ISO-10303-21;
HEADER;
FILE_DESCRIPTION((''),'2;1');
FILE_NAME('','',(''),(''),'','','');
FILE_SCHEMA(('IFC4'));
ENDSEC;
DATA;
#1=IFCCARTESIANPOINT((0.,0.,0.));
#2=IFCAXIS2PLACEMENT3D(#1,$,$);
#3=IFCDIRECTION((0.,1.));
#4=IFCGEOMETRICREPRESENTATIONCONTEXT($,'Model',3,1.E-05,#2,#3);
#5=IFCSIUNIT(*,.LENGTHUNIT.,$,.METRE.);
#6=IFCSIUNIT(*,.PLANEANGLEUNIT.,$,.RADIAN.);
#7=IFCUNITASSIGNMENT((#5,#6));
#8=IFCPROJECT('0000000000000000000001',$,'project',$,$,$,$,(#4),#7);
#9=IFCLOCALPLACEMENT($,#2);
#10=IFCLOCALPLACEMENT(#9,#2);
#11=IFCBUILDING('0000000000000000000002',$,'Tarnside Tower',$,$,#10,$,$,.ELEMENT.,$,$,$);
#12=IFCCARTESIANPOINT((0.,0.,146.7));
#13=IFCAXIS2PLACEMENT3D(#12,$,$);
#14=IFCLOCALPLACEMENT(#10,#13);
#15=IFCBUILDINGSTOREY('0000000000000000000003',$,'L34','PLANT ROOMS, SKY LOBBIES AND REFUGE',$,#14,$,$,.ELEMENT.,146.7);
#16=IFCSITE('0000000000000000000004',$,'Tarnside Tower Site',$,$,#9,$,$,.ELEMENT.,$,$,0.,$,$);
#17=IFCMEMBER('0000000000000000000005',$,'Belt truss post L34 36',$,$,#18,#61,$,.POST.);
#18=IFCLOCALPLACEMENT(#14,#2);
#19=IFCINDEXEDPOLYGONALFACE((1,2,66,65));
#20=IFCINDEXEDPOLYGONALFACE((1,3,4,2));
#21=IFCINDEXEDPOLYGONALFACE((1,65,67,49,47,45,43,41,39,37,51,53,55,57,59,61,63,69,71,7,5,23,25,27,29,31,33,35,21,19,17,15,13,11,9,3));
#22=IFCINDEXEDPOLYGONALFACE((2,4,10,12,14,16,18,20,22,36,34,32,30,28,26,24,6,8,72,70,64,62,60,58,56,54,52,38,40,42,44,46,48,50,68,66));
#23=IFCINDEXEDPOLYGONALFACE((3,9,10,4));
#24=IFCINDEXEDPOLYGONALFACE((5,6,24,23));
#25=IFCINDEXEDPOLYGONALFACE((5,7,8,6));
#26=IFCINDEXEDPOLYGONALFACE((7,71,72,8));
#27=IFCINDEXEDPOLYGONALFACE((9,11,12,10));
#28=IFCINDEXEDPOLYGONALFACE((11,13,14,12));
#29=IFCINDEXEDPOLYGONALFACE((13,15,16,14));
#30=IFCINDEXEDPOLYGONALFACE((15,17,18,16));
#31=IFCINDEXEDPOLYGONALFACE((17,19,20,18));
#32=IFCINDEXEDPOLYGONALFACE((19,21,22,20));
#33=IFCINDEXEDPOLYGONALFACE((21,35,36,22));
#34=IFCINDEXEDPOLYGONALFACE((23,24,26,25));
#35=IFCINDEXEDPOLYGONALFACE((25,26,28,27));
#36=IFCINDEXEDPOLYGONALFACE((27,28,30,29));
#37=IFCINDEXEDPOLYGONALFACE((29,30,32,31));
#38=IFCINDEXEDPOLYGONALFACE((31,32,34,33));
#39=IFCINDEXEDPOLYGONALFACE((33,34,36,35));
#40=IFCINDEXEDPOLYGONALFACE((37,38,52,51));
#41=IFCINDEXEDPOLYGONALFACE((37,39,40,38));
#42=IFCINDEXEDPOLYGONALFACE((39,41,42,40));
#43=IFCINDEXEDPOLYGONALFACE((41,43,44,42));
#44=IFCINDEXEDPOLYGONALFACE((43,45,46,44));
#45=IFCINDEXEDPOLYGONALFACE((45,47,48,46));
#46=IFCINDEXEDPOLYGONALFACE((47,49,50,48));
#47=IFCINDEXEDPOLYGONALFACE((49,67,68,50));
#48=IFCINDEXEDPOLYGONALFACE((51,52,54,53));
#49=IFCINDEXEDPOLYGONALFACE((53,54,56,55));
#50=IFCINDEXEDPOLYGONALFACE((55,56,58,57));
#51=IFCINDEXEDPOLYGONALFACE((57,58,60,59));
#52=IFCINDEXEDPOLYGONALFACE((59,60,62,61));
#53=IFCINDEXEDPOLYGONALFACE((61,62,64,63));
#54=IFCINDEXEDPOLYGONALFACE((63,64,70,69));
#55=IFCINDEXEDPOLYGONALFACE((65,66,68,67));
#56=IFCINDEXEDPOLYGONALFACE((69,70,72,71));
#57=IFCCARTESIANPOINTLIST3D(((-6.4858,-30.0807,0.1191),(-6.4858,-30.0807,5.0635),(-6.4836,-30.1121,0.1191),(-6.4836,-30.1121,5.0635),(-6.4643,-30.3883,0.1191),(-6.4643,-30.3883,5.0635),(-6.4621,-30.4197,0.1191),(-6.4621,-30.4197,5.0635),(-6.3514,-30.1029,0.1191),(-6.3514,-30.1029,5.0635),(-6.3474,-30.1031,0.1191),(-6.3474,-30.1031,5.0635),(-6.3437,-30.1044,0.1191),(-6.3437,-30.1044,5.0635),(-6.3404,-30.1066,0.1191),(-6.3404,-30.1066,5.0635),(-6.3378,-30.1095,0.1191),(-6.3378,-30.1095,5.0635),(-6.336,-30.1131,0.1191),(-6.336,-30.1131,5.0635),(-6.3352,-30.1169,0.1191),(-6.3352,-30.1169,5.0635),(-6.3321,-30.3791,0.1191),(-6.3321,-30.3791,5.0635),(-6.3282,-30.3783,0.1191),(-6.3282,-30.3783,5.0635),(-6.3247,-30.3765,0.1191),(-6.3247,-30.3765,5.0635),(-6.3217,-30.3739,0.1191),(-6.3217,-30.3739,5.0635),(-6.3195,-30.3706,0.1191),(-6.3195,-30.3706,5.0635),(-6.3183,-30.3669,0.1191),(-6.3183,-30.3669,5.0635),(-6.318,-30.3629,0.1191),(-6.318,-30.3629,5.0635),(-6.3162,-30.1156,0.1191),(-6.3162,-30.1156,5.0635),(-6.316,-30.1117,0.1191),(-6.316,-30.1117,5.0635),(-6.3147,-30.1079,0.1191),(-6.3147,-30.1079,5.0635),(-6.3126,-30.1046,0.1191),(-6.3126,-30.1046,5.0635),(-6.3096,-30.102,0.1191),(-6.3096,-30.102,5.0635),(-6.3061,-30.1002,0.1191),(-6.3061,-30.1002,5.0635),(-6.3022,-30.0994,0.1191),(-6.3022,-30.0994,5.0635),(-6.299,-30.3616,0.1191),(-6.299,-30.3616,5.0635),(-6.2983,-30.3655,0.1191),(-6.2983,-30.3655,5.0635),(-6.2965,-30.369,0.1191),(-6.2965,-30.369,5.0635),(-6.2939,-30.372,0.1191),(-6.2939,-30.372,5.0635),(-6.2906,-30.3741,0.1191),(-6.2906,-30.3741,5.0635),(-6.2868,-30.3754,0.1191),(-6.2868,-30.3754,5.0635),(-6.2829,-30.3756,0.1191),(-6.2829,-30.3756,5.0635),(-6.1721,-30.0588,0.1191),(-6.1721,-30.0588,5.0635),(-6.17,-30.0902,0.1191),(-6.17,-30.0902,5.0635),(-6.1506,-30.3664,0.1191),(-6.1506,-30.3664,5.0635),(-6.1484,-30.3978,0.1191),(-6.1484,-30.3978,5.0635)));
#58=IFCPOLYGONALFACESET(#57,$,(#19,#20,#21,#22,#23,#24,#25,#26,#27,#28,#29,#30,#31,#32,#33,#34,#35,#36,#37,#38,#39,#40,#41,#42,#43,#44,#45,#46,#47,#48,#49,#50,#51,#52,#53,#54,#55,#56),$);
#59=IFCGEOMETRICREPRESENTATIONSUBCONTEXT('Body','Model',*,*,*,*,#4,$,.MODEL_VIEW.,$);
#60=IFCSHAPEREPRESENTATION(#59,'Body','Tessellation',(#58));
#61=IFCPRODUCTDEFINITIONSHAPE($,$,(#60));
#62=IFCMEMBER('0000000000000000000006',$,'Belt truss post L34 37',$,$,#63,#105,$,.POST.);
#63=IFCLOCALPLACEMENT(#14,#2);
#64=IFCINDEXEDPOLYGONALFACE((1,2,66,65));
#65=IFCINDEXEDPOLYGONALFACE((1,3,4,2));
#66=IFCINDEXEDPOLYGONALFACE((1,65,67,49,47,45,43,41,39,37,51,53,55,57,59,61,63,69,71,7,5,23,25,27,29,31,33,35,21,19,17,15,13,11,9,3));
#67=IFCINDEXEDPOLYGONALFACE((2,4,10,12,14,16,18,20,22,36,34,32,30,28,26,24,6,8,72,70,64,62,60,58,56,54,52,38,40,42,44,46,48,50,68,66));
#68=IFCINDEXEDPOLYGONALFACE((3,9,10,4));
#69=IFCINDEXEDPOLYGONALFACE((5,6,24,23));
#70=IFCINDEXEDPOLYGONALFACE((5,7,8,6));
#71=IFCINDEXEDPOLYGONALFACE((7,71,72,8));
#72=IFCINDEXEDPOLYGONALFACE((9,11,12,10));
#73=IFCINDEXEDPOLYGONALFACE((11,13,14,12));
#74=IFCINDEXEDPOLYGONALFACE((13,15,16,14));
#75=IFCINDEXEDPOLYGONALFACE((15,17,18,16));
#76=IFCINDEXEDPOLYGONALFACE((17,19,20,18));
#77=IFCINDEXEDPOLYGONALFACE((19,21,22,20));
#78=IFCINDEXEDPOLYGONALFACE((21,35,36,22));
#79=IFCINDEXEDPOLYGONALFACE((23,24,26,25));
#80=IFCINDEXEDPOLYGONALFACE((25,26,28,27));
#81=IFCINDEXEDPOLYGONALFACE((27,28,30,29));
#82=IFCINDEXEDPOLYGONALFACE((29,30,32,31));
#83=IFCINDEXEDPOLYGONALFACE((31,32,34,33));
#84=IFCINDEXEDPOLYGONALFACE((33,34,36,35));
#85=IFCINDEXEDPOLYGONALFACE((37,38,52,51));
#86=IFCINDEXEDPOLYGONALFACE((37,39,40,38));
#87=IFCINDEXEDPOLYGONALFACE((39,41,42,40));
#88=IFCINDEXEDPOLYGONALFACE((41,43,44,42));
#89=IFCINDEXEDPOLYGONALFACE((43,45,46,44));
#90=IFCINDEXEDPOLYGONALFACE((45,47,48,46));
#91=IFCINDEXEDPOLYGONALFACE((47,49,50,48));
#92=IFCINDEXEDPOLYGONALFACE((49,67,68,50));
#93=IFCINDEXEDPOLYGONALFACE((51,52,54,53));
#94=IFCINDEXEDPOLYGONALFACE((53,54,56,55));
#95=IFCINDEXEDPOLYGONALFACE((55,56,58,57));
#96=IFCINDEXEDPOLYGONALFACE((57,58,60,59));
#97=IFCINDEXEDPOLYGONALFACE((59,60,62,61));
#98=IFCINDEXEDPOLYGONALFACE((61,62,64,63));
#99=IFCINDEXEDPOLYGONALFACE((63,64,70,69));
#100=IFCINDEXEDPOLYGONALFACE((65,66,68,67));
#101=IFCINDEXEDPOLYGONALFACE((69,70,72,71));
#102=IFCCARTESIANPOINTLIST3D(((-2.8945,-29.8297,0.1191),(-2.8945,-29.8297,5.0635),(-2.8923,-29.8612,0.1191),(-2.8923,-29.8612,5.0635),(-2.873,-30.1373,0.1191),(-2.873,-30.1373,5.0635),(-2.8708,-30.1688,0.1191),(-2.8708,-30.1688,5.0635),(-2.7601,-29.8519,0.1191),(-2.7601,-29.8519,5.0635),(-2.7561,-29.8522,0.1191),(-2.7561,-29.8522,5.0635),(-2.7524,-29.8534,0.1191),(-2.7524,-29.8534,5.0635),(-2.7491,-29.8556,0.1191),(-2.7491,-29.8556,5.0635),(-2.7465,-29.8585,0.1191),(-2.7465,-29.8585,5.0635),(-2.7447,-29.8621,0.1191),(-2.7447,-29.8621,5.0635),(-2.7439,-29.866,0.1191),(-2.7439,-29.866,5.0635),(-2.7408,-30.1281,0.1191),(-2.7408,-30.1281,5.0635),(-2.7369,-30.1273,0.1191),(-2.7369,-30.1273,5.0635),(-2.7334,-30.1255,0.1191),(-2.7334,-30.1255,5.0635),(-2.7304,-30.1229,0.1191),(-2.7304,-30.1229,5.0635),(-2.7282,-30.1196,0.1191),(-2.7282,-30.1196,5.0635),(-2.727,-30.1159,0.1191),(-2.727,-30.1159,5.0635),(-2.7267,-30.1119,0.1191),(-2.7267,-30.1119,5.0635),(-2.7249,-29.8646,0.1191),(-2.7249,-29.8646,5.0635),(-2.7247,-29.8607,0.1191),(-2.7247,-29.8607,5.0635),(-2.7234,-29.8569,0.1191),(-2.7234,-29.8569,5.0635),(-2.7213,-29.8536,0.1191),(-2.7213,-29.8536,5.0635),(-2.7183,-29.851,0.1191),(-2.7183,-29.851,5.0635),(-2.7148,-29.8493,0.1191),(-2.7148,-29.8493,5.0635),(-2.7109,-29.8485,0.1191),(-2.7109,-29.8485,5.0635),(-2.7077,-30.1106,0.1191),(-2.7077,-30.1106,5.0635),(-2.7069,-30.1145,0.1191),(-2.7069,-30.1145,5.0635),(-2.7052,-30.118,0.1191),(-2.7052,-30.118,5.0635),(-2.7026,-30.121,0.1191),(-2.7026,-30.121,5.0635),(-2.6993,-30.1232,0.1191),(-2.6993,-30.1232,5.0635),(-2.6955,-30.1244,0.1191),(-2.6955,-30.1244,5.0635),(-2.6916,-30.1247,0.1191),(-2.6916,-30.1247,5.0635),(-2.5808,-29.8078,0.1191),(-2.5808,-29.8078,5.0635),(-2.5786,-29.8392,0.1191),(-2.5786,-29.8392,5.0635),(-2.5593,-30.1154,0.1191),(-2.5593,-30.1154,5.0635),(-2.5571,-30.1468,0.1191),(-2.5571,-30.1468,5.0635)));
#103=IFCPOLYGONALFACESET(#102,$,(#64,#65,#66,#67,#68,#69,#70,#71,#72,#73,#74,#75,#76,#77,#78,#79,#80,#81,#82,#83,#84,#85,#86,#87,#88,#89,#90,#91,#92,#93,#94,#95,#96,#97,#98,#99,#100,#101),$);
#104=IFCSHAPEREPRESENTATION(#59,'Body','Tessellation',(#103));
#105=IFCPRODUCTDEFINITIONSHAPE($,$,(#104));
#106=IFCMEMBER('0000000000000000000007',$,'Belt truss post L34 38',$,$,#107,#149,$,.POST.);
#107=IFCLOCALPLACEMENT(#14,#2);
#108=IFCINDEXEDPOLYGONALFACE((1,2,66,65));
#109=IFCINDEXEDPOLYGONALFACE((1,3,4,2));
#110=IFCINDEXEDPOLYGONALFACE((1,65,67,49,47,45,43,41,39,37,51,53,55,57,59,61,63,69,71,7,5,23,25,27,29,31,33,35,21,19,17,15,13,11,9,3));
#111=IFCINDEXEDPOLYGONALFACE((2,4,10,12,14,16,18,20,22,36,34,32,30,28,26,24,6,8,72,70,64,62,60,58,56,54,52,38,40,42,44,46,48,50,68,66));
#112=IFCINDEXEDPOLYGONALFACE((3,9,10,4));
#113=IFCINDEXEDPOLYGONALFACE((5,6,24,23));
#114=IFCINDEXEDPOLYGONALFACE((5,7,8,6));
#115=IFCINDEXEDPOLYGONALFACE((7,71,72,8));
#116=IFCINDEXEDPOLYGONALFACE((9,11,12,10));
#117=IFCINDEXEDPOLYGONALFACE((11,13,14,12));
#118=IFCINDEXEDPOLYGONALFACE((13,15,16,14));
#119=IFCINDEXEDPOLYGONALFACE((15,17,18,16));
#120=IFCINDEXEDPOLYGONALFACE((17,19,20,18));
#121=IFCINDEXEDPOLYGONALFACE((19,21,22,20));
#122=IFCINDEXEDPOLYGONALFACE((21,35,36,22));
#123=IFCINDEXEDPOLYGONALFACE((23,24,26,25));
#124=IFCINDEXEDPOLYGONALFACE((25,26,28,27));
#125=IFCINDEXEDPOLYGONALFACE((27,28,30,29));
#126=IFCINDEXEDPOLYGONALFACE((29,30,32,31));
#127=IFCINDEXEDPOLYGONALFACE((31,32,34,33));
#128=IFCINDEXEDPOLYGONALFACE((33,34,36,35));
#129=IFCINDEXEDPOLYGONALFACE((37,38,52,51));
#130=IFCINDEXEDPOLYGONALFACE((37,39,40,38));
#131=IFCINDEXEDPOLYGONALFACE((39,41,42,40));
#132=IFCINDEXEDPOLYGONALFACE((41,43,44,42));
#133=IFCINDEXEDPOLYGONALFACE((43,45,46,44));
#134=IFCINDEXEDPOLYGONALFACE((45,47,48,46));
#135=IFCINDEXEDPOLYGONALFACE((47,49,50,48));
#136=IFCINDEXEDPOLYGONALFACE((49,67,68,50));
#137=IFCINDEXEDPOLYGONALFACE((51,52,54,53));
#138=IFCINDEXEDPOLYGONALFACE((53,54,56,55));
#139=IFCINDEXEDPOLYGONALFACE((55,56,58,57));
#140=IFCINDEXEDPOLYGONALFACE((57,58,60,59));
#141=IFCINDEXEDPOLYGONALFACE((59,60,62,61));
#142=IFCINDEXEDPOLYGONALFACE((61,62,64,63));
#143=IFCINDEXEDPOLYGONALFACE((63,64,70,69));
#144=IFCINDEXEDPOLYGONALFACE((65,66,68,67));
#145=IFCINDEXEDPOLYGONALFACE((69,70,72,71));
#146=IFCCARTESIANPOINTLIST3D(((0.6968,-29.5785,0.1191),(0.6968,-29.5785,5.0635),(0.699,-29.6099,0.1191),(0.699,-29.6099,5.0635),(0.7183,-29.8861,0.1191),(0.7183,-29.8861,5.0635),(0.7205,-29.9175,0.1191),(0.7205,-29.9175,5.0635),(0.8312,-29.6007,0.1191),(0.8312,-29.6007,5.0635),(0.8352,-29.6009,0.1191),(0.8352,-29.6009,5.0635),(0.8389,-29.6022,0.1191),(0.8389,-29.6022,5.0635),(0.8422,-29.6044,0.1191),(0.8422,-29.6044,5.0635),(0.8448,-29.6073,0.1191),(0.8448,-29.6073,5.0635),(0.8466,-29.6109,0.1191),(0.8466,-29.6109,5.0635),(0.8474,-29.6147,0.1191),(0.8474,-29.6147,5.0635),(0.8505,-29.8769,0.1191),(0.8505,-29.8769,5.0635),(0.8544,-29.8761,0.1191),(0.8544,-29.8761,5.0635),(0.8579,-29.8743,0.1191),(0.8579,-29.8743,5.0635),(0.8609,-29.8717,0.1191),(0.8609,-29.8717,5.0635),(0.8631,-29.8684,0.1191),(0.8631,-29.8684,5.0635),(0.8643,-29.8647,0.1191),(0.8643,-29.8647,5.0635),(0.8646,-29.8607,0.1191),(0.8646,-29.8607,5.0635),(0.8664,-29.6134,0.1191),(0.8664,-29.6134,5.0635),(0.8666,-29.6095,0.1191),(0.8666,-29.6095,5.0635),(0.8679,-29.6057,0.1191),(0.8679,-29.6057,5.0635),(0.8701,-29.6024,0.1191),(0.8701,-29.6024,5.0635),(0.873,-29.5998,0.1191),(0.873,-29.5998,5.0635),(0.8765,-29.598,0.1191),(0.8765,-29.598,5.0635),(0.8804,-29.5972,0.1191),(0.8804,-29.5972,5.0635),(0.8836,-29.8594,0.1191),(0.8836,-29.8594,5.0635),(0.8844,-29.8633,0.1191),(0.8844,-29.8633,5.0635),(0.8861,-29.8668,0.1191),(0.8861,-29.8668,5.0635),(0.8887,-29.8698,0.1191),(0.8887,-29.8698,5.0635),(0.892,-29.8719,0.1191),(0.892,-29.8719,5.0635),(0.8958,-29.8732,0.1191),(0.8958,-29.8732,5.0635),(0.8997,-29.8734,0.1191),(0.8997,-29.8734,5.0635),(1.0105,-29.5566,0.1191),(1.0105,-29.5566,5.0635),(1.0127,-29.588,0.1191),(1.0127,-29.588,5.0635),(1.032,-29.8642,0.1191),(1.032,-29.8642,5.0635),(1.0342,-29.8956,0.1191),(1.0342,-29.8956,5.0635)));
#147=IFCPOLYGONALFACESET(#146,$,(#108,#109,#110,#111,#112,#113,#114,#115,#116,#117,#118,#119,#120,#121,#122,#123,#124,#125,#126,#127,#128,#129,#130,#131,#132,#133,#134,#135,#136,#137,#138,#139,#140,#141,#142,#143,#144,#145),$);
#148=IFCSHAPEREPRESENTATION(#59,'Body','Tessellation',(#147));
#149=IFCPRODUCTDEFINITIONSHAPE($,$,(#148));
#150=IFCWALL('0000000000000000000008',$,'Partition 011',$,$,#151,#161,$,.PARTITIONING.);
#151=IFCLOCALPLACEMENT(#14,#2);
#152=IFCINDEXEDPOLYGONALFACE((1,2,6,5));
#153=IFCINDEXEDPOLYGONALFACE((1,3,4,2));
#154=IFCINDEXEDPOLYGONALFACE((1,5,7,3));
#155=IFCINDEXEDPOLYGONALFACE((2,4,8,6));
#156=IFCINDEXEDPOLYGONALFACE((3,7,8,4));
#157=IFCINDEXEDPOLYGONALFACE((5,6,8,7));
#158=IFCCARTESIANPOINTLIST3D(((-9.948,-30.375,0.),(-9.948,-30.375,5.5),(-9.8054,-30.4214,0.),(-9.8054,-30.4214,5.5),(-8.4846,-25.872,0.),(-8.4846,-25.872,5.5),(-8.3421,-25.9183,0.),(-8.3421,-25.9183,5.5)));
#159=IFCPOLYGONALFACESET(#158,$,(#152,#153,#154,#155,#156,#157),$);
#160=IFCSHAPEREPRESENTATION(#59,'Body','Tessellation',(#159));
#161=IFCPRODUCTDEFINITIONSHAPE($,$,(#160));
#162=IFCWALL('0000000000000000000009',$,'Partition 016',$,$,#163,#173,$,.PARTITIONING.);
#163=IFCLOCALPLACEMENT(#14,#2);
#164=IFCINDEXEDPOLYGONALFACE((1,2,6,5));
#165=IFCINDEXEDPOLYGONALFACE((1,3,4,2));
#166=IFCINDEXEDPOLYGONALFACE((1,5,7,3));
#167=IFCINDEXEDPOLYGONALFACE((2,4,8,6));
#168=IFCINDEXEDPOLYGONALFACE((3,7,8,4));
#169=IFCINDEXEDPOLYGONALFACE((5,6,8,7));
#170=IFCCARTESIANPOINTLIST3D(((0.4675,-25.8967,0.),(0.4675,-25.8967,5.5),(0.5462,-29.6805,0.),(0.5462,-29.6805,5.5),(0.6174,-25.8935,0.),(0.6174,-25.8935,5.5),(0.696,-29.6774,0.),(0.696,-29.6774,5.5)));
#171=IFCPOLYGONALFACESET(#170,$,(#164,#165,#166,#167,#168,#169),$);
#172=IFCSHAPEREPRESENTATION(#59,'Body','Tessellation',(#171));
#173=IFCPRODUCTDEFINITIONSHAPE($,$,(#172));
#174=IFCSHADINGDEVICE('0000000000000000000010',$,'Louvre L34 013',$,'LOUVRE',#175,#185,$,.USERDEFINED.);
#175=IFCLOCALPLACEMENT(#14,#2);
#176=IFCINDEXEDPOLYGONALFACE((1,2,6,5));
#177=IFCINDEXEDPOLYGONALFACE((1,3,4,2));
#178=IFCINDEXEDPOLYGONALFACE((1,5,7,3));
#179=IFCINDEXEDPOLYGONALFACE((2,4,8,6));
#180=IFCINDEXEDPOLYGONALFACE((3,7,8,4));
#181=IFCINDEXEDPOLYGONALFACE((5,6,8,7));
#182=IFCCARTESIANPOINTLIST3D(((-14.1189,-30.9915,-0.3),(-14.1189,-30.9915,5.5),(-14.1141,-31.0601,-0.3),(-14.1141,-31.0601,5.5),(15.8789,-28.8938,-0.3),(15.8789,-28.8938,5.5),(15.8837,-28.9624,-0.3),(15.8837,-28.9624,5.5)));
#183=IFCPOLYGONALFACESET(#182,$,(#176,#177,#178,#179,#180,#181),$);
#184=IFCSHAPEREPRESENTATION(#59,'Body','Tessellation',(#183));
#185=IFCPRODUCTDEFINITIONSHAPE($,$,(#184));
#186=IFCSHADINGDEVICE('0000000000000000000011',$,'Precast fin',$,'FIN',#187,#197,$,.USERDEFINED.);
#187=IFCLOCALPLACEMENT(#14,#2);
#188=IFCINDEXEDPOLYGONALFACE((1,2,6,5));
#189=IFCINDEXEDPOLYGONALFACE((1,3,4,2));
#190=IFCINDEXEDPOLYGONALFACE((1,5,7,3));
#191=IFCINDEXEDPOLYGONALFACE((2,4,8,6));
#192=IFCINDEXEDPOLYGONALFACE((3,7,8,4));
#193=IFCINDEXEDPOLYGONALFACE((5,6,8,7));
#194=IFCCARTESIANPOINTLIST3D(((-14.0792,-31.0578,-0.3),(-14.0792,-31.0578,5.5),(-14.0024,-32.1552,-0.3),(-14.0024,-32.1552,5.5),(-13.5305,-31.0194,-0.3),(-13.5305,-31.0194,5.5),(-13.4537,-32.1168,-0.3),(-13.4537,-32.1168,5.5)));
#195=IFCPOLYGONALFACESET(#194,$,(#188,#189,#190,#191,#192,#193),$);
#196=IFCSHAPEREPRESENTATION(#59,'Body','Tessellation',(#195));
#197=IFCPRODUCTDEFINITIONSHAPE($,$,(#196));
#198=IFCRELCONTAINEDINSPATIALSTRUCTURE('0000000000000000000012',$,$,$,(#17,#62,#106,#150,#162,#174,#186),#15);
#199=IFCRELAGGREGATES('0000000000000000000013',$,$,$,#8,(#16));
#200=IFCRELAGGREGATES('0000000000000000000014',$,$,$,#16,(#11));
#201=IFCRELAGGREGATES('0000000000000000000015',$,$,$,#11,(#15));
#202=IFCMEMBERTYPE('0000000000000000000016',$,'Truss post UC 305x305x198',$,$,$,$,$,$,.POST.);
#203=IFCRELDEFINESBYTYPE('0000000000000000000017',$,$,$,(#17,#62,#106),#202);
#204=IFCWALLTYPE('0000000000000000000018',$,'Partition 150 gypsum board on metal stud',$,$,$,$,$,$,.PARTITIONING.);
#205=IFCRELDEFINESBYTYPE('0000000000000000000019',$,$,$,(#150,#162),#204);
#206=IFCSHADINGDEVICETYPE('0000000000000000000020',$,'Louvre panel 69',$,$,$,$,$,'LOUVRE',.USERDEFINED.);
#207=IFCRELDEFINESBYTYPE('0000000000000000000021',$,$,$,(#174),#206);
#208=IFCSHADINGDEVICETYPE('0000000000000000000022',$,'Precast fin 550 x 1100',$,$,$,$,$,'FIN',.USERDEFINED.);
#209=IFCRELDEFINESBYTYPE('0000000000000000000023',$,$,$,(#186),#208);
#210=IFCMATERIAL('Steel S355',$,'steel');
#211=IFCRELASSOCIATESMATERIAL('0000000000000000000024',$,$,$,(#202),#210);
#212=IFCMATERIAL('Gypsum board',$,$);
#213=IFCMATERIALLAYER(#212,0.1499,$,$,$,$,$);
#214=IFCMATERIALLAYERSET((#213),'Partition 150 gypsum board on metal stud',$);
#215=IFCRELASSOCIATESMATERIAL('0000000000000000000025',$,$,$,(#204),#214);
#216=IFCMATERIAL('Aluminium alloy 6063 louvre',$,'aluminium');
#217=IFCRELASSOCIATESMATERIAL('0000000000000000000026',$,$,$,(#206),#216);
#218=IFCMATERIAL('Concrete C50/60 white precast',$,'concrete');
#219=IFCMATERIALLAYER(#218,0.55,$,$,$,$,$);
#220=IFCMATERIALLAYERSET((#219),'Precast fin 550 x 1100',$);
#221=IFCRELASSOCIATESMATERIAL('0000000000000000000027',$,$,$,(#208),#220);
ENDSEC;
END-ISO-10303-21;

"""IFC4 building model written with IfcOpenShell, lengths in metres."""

from ifc_helpers import new_model, si_unit, direction, frame, frame_2d, origin, origin_2d, place, context, subcontext, project, spatial, polyline, rectangle, i_section, outline, extrude, material, layer, layer_set, material_profile, profile_set, type_object, element, save


model = new_model("IFC4")

# Units and contexts
model_context = context("Model", 3, precision=1e-05, world=origin(), true_north=direction((0.0, 1.0)))
body_context = subcontext(model_context, "Body", "Model", "MODEL_VIEW")
ifc_project = project(units=[si_unit("LENGTHUNIT", "METRE"), si_unit("PLANEANGLEUNIT", "RADIAN")], contexts=[model_context])

# Site, building, storey
site_placement = place(None, origin())
site = spatial("IfcSite", under=ifc_project, at=site_placement, Name="Tarnside Tower Site", CompositionType="ELEMENT", RefElevation=0.0)
building_placement = place(site_placement, origin())
building = spatial("IfcBuilding", under=site, at=building_placement, Name="Tarnside Tower", CompositionType="ELEMENT")
storey_placement = place(building_placement, frame((0.0, 0.0, 146.7)))
storey = spatial("IfcBuildingStorey", under=building, at=storey_placement, Name="L34", Description="PLANT ROOMS, SKY LOBBIES AND REFUGE", CompositionType="ELEMENT", Elevation=146.7)

# Shared definitions
ifc_material_1 = material(Name="Steel S355", Category="steel")

# Members
ifc_material_profile_1 = material_profile(ifc_material_1, i_section(OverallWidth=0.3145, OverallDepth=0.3398, WebThickness=0.019, FlangeThickness=0.0315, FilletRadius=0.0151, at=origin_2d()), Name="UC 305x305x198")
ifc_profile_set_1 = profile_set([ifc_material_profile_1], Name="Steel S355")
member_type_1 = type_object("IfcMemberType", Name="Truss post UC 305x305x198", PredefinedType="POST", material=ifc_profile_set_1)
for number, where, z_axis, x_axis, name in (
    (1, (-6.3171, -30.2393, 0.1191), (0.0, 0.0, 1.0), (0.997564, 0.069756, 0.0), "Belt truss post L34 36"),
    (2, (-2.7258, -29.9883, 0.1191), (0.0, 0.0, 1.0), (0.997564, 0.069756, 0.0), "Belt truss post L34 37"),
    (3, (0.8655, -29.7371, 0.1191), (0.0, 0.0, 1.0), (0.997564, 0.069756, 0.0), "Belt truss post L34 38"),
):
    element("IfcMember", number, at=place(storey_placement, frame(where, z_axis=z_axis, x_axis=x_axis)), inside=storey, type_object=member_type_1, Name=name, PredefinedType="POST", context=body_context, shape_type="SweptSolid", body=[
        extrude(i_section(OverallWidth=0.3145, OverallDepth=0.3398, WebThickness=0.019, FlangeThickness=0.0315, FilletRadius=0.0151, at=origin_2d()), origin(), (0.0, 0.0, 1.0), 4.9443),
    ])

# Walls
ifc_material_2 = material(Name="Gypsum board")
ifc_layer_1 = layer(ifc_material_2, 0.1499)
ifc_layer_set_1 = layer_set([ifc_layer_1], Name="Partition 150 gypsum board on metal stud")
wall_type = type_object("IfcWallType", Name="Partition 150 gypsum board on metal stud", PredefinedType="PARTITIONING", material=ifc_layer_set_1)
wall_1_placement = place(storey_placement, frame((-9.8767, -30.3982, 0.0), z_axis=(0.0, 0.0, 1.0), x_axis=(0.309057, 0.951044, 0.0)))
element("IfcWall", 4, at=wall_1_placement, inside=storey, type_object=wall_type, Name="Partition 011", PredefinedType="PARTITIONING", context=body_context, shape_type="SweptSolid", body=[
    extrude(rectangle(XDim=4.7349, YDim=0.1499, at=frame_2d((2.3674, 0.0))), origin(), (0.0, 0.0, 1.0), 5.5),
])
wall_2_placement = place(storey_placement, frame((0.6211, -29.679, 0.0), z_axis=(0.0, 0.0, 1.0), x_axis=(-0.020771, 0.999784, 0.0)))
element("IfcWall", 5, at=wall_2_placement, inside=storey, type_object=wall_type, Name="Partition 016", PredefinedType="PARTITIONING", context=body_context, shape_type="SweptSolid", body=[
    extrude(rectangle(XDim=3.7847, YDim=0.1499, at=frame_2d((1.8923, 0.0))), origin(), (0.0, 0.0, 1.0), 5.5),
])

# Shading devices
ifc_material_3 = material(Name="Aluminium alloy 6063 louvre", Category="aluminium")
shading_device_type_1 = type_object("IfcShadingDeviceType", Name="Louvre panel 69", ElementType="LOUVRE", PredefinedType="USERDEFINED", material=ifc_material_3)
shading_device_placement = place(storey_placement, frame((0.8799, -29.9426, -0.3), z_axis=(-0.997564, -0.069758, 0.0), x_axis=(0.069758, -0.997564, 0.0)))
element("IfcShadingDevice", 6, at=shading_device_placement, inside=storey, type_object=shading_device_type_1, Name="Louvre L34 013", ObjectType="LOUVRE", PredefinedType="USERDEFINED", context=body_context, shape_type="SweptSolid", body=[
    extrude(outline(polyline([(0.0, 0.0), (0.0688, 0.0), (0.0688, 5.8), (0.0, 5.8), (0.0, 0.0)])), frame((0.0, 0.0, -15.0356)), (0.0, 0.0, 1.0), 30.071),
])
ifc_material_4 = material(Name="Concrete C50/60 white precast", Category="concrete")
ifc_layer_2 = layer(ifc_material_4, 0.55)
ifc_layer_set_2 = layer_set([ifc_layer_2], Name="Precast fin 550 x 1100")
shading_device_type_2 = type_object("IfcShadingDeviceType", Name="Precast fin 550 x 1100", ElementType="FIN", PredefinedType="USERDEFINED", material=ifc_layer_set_2)
for number, where, z_axis, x_axis, name in (
    (7, (-13.8047, -31.0386, -0.3), (-0.997564, -0.069756, 0.0), (0.069756, -0.997564, 0.0), "Precast fin"),
):
    element("IfcShadingDevice", number, at=place(storey_placement, frame(where, z_axis=z_axis, x_axis=x_axis)), inside=storey, type_object=shading_device_type_2, Name=name, ObjectType="FIN", PredefinedType="USERDEFINED", context=body_context, shape_type="SweptSolid", body=[
        extrude(outline(polyline([(0.0, 0.0), (1.1001, 0.0), (1.1001, 5.8), (0.0, 5.8), (0.0, 0.0)])), frame((0.0, 0.0, -0.2749)), (0.0, 0.0, 1.0), 0.55),
    ])

save(model, "model.ifc")
